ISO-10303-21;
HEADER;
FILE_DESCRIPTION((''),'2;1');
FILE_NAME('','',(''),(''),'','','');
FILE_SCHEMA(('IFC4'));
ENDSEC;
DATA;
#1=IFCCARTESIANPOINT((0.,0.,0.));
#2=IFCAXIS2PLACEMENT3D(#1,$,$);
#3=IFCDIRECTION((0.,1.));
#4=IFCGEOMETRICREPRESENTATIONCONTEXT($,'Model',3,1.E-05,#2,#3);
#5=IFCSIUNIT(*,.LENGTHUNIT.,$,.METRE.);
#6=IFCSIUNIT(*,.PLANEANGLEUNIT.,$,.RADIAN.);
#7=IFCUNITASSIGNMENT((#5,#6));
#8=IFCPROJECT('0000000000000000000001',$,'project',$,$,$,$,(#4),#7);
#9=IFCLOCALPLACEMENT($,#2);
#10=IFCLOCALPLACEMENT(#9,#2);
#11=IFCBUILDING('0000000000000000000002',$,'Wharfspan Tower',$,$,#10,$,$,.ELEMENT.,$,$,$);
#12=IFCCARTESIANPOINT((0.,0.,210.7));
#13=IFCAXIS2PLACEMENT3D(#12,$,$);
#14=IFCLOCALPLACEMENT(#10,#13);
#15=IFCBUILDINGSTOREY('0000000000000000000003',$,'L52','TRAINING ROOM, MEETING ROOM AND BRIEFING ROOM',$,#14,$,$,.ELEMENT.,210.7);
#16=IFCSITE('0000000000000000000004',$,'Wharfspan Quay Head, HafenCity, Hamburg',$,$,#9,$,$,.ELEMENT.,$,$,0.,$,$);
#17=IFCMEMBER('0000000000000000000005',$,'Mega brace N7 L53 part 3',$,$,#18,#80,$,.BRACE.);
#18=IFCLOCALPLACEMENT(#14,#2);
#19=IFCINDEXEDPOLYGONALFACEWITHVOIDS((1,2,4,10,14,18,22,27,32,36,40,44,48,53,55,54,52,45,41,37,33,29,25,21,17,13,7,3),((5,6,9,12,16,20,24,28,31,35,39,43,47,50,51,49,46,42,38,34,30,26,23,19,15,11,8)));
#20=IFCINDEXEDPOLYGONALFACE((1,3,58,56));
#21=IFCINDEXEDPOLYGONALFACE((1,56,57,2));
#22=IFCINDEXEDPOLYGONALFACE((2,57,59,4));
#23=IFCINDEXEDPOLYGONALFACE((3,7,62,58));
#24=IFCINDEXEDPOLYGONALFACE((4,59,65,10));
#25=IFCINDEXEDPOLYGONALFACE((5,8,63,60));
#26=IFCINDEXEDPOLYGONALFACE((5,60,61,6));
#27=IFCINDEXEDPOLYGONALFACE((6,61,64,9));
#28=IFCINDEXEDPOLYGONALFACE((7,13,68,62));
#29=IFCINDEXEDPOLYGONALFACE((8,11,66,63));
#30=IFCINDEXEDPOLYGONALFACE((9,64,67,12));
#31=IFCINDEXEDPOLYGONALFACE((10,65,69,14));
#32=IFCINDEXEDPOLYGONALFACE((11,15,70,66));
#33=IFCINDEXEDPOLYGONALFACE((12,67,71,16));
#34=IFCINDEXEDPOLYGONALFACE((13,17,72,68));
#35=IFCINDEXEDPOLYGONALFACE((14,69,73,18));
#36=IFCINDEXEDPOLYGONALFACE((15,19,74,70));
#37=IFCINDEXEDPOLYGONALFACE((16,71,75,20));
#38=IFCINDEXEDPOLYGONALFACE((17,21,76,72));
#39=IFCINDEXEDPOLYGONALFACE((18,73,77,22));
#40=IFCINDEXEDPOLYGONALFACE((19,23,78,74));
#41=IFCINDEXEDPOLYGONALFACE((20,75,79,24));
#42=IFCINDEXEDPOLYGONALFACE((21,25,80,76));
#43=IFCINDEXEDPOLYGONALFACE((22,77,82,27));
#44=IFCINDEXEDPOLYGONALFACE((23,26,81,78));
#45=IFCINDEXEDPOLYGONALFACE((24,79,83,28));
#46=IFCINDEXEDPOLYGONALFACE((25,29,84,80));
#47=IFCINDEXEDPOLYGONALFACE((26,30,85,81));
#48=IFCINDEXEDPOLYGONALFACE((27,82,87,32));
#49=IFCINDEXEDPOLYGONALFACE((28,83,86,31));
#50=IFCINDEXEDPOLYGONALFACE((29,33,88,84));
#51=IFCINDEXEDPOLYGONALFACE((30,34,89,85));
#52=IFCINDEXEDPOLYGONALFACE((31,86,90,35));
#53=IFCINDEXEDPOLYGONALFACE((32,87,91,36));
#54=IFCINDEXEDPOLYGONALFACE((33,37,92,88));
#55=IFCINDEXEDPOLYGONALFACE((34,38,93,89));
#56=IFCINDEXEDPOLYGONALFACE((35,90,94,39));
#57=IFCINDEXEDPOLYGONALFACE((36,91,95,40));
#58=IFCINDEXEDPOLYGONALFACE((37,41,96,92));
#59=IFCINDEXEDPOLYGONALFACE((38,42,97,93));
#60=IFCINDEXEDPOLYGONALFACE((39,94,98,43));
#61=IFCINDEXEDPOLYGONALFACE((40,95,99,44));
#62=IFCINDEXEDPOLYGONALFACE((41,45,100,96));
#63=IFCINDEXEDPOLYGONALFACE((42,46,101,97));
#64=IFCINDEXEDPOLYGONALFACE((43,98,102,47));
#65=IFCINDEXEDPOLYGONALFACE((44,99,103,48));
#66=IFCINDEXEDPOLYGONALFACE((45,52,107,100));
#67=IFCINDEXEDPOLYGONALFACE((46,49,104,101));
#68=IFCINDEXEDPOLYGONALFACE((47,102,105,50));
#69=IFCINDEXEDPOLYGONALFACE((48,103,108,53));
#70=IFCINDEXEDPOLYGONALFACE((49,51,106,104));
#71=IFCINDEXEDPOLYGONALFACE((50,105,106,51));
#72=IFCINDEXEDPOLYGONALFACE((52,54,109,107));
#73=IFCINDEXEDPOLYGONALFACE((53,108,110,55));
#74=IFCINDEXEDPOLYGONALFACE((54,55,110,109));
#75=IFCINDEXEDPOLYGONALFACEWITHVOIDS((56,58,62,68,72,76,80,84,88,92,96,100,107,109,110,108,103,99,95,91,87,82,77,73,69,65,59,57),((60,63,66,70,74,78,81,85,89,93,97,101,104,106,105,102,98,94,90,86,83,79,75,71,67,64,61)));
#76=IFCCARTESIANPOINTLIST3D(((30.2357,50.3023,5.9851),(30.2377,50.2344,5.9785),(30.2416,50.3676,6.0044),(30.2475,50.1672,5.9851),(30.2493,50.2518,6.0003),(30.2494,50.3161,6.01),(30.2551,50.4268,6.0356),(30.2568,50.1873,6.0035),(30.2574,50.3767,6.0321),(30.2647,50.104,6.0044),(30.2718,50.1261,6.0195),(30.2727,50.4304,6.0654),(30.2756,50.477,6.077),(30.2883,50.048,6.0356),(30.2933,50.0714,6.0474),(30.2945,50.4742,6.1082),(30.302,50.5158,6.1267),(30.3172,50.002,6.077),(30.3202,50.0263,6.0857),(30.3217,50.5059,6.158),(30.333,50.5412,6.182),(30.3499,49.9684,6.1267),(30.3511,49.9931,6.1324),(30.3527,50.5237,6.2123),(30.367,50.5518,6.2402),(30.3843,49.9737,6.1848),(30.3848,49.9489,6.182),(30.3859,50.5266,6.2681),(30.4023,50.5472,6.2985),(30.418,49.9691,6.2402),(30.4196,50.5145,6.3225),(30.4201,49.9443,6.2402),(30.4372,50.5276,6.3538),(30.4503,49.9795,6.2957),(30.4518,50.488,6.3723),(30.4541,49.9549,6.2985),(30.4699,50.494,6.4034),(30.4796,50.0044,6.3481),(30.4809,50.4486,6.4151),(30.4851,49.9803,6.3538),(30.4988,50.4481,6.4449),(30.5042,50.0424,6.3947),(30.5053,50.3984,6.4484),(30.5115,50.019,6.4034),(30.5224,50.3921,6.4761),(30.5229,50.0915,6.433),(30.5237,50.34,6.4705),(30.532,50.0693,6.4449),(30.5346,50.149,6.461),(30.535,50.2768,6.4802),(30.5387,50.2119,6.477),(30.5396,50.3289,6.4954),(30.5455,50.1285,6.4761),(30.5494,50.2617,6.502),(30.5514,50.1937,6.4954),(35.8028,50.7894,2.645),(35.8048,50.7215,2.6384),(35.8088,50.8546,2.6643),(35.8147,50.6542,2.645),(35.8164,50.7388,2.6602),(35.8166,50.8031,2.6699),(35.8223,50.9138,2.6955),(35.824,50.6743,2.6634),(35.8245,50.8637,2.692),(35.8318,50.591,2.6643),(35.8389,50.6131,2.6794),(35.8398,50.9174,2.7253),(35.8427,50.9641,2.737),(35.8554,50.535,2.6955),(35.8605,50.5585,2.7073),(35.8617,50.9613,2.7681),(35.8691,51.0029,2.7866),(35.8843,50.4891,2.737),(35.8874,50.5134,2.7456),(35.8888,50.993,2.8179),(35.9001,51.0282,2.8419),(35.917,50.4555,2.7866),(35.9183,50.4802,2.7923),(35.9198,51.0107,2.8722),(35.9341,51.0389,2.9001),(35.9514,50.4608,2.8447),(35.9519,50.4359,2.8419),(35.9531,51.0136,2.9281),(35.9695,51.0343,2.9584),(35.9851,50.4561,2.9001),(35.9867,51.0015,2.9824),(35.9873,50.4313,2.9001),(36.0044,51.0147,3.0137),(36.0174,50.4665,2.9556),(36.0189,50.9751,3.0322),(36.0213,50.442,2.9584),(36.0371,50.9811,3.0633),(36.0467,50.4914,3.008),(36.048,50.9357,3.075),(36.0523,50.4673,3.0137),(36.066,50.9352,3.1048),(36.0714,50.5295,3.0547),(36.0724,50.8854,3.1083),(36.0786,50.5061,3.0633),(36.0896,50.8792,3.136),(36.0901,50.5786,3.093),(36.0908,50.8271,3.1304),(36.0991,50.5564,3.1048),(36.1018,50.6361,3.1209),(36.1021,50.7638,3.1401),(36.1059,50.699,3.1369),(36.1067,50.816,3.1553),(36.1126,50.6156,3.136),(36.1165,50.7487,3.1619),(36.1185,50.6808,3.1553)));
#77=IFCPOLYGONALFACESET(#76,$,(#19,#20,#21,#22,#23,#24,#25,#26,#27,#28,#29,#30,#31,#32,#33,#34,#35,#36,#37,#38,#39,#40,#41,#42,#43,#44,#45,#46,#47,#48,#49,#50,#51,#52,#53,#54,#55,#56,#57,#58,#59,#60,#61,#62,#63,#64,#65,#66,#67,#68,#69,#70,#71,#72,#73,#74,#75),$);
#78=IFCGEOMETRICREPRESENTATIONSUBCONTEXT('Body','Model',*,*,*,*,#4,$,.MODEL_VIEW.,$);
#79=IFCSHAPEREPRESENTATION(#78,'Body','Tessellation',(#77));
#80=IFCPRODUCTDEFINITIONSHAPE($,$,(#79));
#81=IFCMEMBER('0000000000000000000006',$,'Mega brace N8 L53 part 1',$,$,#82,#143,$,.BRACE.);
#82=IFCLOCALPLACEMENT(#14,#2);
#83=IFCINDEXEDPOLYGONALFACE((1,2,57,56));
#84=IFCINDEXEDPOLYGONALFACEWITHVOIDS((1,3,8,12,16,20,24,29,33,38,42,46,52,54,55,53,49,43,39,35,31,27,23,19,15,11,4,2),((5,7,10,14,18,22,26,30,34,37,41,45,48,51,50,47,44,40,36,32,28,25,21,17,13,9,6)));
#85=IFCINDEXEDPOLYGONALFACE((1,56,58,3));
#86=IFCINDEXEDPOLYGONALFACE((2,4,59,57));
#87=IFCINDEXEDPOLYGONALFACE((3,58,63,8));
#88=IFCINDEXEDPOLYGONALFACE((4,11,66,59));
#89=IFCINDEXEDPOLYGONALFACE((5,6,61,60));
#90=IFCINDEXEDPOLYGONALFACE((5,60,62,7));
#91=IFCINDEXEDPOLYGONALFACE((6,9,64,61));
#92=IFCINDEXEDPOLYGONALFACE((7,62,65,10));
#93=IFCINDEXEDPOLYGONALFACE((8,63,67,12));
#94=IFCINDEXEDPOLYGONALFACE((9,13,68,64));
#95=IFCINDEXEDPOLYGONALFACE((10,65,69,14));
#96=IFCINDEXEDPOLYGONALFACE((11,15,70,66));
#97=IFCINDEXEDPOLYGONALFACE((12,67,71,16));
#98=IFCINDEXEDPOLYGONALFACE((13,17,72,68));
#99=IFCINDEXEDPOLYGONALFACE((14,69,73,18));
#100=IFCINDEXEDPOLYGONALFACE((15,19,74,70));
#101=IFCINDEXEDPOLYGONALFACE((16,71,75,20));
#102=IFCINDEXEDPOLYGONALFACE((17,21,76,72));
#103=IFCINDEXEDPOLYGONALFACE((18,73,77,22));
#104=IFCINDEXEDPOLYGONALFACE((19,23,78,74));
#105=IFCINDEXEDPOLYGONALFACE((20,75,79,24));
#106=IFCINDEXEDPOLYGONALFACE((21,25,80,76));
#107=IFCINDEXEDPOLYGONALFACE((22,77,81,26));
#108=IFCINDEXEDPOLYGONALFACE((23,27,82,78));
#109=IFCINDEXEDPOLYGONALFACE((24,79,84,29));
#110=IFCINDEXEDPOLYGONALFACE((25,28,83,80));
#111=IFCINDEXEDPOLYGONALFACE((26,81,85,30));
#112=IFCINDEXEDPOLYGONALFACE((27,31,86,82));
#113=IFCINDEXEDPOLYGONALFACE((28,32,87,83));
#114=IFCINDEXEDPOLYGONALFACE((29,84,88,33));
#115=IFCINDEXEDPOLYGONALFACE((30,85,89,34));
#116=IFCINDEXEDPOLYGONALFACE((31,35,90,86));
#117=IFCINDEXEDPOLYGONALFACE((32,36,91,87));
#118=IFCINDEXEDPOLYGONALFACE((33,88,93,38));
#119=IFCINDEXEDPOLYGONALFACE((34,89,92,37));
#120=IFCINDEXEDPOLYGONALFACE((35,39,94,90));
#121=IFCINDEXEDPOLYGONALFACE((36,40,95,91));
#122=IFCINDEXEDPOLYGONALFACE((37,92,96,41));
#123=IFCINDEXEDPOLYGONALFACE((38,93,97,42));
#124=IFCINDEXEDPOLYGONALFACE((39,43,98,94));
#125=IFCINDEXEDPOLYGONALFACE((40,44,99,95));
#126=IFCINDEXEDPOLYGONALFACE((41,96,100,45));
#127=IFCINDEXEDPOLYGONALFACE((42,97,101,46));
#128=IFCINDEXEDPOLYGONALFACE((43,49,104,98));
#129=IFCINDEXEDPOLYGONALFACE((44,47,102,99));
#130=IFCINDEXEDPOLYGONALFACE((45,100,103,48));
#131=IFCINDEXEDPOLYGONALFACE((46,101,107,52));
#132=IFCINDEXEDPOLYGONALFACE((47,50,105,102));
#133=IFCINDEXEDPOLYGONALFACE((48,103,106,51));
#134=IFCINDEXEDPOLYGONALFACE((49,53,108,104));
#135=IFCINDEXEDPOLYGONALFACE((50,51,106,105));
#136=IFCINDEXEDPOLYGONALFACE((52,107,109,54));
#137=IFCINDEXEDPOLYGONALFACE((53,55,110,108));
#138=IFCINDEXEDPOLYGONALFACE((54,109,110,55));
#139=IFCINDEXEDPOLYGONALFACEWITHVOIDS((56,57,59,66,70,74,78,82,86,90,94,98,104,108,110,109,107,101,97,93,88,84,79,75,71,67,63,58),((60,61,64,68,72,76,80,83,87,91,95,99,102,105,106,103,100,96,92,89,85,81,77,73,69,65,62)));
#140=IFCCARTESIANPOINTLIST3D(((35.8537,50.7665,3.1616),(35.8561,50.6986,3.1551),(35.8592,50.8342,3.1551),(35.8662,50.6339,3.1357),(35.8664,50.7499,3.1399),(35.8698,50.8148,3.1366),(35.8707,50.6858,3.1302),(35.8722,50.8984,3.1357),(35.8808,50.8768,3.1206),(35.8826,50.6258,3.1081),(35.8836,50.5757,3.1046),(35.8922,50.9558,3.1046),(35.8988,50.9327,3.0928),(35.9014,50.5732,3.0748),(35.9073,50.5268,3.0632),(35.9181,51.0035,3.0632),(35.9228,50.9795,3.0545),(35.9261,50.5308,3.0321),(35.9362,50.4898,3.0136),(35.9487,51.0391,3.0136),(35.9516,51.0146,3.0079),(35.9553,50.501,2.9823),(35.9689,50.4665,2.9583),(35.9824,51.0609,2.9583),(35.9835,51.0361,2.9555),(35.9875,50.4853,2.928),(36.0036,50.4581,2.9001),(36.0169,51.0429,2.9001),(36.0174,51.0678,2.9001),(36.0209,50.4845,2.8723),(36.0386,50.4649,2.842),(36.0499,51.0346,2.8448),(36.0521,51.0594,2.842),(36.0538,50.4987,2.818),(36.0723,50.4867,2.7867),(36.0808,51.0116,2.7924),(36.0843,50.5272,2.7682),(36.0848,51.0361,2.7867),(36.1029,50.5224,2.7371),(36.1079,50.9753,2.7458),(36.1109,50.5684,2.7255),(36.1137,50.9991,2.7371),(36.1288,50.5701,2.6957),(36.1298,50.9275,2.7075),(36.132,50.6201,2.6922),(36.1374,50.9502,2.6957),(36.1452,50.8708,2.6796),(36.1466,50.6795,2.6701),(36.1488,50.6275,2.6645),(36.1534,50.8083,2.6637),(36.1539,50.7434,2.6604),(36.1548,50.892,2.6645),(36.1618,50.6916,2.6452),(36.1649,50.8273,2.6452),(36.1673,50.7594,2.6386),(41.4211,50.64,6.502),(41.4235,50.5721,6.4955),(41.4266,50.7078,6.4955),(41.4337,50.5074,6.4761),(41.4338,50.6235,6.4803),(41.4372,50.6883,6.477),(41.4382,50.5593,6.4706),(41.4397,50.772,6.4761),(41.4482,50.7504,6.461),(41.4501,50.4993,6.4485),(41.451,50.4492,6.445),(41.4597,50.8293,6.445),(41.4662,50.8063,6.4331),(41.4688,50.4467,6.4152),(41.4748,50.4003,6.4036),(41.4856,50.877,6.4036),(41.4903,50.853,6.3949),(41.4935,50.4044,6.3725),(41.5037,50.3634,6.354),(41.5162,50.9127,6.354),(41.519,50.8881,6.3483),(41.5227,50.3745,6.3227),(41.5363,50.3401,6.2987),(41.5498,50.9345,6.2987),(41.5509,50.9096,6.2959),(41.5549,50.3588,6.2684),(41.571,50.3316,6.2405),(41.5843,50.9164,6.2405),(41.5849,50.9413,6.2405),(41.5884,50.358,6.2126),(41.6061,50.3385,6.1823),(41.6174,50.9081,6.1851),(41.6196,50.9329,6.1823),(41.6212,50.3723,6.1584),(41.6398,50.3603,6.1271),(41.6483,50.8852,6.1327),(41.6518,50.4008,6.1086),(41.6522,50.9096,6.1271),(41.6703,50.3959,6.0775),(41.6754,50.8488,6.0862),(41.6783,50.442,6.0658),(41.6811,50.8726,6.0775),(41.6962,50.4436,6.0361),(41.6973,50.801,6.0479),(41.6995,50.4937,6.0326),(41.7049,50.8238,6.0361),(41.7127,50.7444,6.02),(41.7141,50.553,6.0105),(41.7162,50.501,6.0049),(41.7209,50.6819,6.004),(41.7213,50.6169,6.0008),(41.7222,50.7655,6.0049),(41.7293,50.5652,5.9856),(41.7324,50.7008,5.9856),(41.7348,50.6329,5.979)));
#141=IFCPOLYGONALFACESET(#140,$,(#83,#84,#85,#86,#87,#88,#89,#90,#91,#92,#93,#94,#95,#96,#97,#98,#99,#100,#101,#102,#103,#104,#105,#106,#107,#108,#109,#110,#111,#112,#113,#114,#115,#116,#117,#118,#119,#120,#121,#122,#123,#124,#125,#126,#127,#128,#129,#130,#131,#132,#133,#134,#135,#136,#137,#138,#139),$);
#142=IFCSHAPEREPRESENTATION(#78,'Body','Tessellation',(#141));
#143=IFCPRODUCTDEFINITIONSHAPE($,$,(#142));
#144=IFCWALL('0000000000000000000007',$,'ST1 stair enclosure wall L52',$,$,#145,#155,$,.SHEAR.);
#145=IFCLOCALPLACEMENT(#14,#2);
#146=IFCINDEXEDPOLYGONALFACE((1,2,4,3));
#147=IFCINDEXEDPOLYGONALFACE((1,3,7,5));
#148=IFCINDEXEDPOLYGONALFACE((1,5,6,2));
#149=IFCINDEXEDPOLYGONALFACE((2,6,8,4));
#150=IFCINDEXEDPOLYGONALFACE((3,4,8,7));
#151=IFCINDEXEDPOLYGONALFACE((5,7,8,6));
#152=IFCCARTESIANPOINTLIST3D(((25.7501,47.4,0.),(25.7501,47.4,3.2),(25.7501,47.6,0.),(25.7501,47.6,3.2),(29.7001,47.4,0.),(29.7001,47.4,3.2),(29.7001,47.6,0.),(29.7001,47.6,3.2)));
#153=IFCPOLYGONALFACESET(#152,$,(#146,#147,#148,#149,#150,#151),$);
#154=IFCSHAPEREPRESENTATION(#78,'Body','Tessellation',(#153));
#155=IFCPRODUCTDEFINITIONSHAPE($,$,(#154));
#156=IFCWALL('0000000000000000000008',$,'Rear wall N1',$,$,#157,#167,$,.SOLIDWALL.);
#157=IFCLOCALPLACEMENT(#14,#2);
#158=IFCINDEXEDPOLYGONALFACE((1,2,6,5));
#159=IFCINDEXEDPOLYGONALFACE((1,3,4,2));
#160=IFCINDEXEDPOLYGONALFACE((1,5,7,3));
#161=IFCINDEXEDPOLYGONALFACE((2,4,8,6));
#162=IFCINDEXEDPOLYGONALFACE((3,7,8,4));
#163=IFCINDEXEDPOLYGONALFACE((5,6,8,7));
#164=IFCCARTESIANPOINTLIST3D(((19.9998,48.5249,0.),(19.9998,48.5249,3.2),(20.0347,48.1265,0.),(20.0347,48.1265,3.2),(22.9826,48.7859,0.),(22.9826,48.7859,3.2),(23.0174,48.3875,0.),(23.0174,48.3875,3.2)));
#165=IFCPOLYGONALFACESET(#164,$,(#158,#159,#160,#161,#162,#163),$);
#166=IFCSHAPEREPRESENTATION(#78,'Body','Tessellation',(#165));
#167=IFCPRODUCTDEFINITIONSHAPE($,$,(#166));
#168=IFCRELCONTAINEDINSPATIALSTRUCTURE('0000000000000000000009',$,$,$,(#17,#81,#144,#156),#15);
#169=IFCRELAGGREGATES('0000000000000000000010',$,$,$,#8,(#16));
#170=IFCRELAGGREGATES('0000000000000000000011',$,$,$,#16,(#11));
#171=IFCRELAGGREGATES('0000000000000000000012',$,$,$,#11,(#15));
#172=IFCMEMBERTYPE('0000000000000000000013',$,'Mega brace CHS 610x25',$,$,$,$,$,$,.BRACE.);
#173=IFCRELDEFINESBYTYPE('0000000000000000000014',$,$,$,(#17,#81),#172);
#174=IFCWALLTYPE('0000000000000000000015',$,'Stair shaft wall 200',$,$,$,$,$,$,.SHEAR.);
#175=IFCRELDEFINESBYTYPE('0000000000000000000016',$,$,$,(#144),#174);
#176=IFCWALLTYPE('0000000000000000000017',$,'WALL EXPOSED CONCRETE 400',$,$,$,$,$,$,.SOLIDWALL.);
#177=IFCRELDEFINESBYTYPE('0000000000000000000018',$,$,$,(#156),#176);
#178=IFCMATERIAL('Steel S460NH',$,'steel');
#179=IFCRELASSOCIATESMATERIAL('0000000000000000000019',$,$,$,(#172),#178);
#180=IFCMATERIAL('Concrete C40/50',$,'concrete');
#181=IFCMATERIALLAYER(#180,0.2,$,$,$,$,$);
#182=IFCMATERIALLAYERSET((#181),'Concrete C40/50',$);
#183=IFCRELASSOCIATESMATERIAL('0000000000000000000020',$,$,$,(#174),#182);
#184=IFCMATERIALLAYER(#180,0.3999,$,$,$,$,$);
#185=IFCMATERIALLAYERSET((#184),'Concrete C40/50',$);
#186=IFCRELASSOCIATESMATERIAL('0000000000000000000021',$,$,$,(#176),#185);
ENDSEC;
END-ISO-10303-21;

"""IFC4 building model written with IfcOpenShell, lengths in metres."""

from ifc_helpers import new_model, si_unit, direction, frame, frame_2d, origin, origin_2d, place, context, subcontext, project, spatial, rectangle, hollow_circle, extrude, material, layer, layer_set, material_profile, profile_set, type_object, element, save


model = new_model("IFC4")

# Units and contexts
model_context = context("Model", 3, precision=1e-05, world=origin(), true_north=direction((0.0, 1.0)))
body_context = subcontext(model_context, "Body", "Model", "MODEL_VIEW")
ifc_project = project(units=[si_unit("LENGTHUNIT", "METRE"), si_unit("PLANEANGLEUNIT", "RADIAN")], contexts=[model_context])

# Site, building, storey
site_placement = place(None, origin())
site = spatial("IfcSite", under=ifc_project, at=site_placement, Name="Wharfspan Quay Head, HafenCity, Hamburg", CompositionType="ELEMENT", RefElevation=0.0)
building_placement = place(site_placement, origin())
building = spatial("IfcBuilding", under=site, at=building_placement, Name="Wharfspan Tower", CompositionType="ELEMENT")
storey_placement = place(building_placement, frame((0.0, 0.0, 210.7)))
storey = spatial("IfcBuildingStorey", under=building, at=storey_placement, Name="L52", Description="TRAINING ROOM, MEETING ROOM AND BRIEFING ROOM", CompositionType="ELEMENT", Elevation=210.7)

# Members
ifc_material_1 = material(Name="Steel S460NH", Category="steel")
ifc_material_profile_1 = material_profile(ifc_material_1, hollow_circle(Radius=0.3049, WallThickness=0.0249, at=origin_2d()))
ifc_profile_set_1 = profile_set([ifc_material_profile_1], Name="Steel S460NH")
member_type_1 = type_object("IfcMemberType", Name="Mega brace CHS 610x25", PredefinedType="BRACE", material=ifc_profile_set_1)
member_1_placement = place(storey_placement, frame((35.9607, 50.7351, 2.9001), z_axis=(-0.855103, -0.074812, 0.513032), x_axis=(0.087157, -0.996193, 0.000002)))
element("IfcMember", 1, at=member_1_placement, inside=storey, type_object=member_type_1, Name="Mega brace N7 L53 part 3", PredefinedType="BRACE", context=body_context, shape_type="SweptSolid", body=[
    extrude(hollow_circle(Radius=0.3049, WallThickness=0.0249, at=origin_2d()), origin(), (0.0, 0.0, 1.0), 6.5105),
])
member_2_placement = place(storey_placement, frame((36.0105, 50.7629, 2.9001), z_axis=(0.857337, -0.019475, 0.514387), x_axis=(0.022711, 0.999741, -0.000002)))
element("IfcMember", 2, at=member_2_placement, inside=storey, type_object=member_type_1, Name="Mega brace N8 L53 part 1", PredefinedType="BRACE", context=body_context, shape_type="SweptSolid", body=[
    extrude(hollow_circle(Radius=0.3049, WallThickness=0.0249, at=origin_2d()), origin(), (0.0, 0.0, 1.0), 6.4939),
])

# Walls
ifc_material_2 = material(Name="Concrete C40/50", Category="concrete")
ifc_layer_1 = layer(ifc_material_2, 0.2)
ifc_layer_set_1 = layer_set([ifc_layer_1], Name="Concrete C40/50")
wall_type_1 = type_object("IfcWallType", Name="Stair shaft wall 200", PredefinedType="SHEAR", material=ifc_layer_set_1)
wall_1_placement = place(storey_placement, frame((25.75, 47.5, 0.0), z_axis=(0.0, 0.0, 1.0), x_axis=(1.0, 0.0, 0.0)))
element("IfcWall", 3, at=wall_1_placement, inside=storey, type_object=wall_type_1, Name="ST1 stair enclosure wall L52", PredefinedType="SHEAR", context=body_context, shape_type="SweptSolid", body=[
    extrude(rectangle(XDim=3.95, YDim=0.2, at=frame_2d((1.9751, 0.0))), origin(), (0.0, 0.0, 1.0), 3.2),
])
ifc_layer_2 = layer(ifc_material_2, 0.3999)
ifc_layer_set_2 = layer_set([ifc_layer_2], Name="Concrete C40/50")
wall_type_2 = type_object("IfcWallType", Name="WALL EXPOSED CONCRETE 400", PredefinedType="SOLIDWALL", material=ifc_layer_set_2)
wall_2_placement = place(storey_placement, frame((23.0, 48.5867, 0.0), z_axis=(0.0, 0.0, 1.0), x_axis=(-0.996194, -0.087168, 0.0)))
element("IfcWall", 4, at=wall_2_placement, inside=storey, type_object=wall_type_2, Name="Rear wall N1", PredefinedType="SOLIDWALL", context=body_context, shape_type="SweptSolid", body=[
    extrude(rectangle(XDim=2.9941, YDim=0.3999, at=frame_2d((1.4971, 0.0))), origin(), (0.0, 0.0, 1.0), 3.2),
])

save(model, "model.ifc")
